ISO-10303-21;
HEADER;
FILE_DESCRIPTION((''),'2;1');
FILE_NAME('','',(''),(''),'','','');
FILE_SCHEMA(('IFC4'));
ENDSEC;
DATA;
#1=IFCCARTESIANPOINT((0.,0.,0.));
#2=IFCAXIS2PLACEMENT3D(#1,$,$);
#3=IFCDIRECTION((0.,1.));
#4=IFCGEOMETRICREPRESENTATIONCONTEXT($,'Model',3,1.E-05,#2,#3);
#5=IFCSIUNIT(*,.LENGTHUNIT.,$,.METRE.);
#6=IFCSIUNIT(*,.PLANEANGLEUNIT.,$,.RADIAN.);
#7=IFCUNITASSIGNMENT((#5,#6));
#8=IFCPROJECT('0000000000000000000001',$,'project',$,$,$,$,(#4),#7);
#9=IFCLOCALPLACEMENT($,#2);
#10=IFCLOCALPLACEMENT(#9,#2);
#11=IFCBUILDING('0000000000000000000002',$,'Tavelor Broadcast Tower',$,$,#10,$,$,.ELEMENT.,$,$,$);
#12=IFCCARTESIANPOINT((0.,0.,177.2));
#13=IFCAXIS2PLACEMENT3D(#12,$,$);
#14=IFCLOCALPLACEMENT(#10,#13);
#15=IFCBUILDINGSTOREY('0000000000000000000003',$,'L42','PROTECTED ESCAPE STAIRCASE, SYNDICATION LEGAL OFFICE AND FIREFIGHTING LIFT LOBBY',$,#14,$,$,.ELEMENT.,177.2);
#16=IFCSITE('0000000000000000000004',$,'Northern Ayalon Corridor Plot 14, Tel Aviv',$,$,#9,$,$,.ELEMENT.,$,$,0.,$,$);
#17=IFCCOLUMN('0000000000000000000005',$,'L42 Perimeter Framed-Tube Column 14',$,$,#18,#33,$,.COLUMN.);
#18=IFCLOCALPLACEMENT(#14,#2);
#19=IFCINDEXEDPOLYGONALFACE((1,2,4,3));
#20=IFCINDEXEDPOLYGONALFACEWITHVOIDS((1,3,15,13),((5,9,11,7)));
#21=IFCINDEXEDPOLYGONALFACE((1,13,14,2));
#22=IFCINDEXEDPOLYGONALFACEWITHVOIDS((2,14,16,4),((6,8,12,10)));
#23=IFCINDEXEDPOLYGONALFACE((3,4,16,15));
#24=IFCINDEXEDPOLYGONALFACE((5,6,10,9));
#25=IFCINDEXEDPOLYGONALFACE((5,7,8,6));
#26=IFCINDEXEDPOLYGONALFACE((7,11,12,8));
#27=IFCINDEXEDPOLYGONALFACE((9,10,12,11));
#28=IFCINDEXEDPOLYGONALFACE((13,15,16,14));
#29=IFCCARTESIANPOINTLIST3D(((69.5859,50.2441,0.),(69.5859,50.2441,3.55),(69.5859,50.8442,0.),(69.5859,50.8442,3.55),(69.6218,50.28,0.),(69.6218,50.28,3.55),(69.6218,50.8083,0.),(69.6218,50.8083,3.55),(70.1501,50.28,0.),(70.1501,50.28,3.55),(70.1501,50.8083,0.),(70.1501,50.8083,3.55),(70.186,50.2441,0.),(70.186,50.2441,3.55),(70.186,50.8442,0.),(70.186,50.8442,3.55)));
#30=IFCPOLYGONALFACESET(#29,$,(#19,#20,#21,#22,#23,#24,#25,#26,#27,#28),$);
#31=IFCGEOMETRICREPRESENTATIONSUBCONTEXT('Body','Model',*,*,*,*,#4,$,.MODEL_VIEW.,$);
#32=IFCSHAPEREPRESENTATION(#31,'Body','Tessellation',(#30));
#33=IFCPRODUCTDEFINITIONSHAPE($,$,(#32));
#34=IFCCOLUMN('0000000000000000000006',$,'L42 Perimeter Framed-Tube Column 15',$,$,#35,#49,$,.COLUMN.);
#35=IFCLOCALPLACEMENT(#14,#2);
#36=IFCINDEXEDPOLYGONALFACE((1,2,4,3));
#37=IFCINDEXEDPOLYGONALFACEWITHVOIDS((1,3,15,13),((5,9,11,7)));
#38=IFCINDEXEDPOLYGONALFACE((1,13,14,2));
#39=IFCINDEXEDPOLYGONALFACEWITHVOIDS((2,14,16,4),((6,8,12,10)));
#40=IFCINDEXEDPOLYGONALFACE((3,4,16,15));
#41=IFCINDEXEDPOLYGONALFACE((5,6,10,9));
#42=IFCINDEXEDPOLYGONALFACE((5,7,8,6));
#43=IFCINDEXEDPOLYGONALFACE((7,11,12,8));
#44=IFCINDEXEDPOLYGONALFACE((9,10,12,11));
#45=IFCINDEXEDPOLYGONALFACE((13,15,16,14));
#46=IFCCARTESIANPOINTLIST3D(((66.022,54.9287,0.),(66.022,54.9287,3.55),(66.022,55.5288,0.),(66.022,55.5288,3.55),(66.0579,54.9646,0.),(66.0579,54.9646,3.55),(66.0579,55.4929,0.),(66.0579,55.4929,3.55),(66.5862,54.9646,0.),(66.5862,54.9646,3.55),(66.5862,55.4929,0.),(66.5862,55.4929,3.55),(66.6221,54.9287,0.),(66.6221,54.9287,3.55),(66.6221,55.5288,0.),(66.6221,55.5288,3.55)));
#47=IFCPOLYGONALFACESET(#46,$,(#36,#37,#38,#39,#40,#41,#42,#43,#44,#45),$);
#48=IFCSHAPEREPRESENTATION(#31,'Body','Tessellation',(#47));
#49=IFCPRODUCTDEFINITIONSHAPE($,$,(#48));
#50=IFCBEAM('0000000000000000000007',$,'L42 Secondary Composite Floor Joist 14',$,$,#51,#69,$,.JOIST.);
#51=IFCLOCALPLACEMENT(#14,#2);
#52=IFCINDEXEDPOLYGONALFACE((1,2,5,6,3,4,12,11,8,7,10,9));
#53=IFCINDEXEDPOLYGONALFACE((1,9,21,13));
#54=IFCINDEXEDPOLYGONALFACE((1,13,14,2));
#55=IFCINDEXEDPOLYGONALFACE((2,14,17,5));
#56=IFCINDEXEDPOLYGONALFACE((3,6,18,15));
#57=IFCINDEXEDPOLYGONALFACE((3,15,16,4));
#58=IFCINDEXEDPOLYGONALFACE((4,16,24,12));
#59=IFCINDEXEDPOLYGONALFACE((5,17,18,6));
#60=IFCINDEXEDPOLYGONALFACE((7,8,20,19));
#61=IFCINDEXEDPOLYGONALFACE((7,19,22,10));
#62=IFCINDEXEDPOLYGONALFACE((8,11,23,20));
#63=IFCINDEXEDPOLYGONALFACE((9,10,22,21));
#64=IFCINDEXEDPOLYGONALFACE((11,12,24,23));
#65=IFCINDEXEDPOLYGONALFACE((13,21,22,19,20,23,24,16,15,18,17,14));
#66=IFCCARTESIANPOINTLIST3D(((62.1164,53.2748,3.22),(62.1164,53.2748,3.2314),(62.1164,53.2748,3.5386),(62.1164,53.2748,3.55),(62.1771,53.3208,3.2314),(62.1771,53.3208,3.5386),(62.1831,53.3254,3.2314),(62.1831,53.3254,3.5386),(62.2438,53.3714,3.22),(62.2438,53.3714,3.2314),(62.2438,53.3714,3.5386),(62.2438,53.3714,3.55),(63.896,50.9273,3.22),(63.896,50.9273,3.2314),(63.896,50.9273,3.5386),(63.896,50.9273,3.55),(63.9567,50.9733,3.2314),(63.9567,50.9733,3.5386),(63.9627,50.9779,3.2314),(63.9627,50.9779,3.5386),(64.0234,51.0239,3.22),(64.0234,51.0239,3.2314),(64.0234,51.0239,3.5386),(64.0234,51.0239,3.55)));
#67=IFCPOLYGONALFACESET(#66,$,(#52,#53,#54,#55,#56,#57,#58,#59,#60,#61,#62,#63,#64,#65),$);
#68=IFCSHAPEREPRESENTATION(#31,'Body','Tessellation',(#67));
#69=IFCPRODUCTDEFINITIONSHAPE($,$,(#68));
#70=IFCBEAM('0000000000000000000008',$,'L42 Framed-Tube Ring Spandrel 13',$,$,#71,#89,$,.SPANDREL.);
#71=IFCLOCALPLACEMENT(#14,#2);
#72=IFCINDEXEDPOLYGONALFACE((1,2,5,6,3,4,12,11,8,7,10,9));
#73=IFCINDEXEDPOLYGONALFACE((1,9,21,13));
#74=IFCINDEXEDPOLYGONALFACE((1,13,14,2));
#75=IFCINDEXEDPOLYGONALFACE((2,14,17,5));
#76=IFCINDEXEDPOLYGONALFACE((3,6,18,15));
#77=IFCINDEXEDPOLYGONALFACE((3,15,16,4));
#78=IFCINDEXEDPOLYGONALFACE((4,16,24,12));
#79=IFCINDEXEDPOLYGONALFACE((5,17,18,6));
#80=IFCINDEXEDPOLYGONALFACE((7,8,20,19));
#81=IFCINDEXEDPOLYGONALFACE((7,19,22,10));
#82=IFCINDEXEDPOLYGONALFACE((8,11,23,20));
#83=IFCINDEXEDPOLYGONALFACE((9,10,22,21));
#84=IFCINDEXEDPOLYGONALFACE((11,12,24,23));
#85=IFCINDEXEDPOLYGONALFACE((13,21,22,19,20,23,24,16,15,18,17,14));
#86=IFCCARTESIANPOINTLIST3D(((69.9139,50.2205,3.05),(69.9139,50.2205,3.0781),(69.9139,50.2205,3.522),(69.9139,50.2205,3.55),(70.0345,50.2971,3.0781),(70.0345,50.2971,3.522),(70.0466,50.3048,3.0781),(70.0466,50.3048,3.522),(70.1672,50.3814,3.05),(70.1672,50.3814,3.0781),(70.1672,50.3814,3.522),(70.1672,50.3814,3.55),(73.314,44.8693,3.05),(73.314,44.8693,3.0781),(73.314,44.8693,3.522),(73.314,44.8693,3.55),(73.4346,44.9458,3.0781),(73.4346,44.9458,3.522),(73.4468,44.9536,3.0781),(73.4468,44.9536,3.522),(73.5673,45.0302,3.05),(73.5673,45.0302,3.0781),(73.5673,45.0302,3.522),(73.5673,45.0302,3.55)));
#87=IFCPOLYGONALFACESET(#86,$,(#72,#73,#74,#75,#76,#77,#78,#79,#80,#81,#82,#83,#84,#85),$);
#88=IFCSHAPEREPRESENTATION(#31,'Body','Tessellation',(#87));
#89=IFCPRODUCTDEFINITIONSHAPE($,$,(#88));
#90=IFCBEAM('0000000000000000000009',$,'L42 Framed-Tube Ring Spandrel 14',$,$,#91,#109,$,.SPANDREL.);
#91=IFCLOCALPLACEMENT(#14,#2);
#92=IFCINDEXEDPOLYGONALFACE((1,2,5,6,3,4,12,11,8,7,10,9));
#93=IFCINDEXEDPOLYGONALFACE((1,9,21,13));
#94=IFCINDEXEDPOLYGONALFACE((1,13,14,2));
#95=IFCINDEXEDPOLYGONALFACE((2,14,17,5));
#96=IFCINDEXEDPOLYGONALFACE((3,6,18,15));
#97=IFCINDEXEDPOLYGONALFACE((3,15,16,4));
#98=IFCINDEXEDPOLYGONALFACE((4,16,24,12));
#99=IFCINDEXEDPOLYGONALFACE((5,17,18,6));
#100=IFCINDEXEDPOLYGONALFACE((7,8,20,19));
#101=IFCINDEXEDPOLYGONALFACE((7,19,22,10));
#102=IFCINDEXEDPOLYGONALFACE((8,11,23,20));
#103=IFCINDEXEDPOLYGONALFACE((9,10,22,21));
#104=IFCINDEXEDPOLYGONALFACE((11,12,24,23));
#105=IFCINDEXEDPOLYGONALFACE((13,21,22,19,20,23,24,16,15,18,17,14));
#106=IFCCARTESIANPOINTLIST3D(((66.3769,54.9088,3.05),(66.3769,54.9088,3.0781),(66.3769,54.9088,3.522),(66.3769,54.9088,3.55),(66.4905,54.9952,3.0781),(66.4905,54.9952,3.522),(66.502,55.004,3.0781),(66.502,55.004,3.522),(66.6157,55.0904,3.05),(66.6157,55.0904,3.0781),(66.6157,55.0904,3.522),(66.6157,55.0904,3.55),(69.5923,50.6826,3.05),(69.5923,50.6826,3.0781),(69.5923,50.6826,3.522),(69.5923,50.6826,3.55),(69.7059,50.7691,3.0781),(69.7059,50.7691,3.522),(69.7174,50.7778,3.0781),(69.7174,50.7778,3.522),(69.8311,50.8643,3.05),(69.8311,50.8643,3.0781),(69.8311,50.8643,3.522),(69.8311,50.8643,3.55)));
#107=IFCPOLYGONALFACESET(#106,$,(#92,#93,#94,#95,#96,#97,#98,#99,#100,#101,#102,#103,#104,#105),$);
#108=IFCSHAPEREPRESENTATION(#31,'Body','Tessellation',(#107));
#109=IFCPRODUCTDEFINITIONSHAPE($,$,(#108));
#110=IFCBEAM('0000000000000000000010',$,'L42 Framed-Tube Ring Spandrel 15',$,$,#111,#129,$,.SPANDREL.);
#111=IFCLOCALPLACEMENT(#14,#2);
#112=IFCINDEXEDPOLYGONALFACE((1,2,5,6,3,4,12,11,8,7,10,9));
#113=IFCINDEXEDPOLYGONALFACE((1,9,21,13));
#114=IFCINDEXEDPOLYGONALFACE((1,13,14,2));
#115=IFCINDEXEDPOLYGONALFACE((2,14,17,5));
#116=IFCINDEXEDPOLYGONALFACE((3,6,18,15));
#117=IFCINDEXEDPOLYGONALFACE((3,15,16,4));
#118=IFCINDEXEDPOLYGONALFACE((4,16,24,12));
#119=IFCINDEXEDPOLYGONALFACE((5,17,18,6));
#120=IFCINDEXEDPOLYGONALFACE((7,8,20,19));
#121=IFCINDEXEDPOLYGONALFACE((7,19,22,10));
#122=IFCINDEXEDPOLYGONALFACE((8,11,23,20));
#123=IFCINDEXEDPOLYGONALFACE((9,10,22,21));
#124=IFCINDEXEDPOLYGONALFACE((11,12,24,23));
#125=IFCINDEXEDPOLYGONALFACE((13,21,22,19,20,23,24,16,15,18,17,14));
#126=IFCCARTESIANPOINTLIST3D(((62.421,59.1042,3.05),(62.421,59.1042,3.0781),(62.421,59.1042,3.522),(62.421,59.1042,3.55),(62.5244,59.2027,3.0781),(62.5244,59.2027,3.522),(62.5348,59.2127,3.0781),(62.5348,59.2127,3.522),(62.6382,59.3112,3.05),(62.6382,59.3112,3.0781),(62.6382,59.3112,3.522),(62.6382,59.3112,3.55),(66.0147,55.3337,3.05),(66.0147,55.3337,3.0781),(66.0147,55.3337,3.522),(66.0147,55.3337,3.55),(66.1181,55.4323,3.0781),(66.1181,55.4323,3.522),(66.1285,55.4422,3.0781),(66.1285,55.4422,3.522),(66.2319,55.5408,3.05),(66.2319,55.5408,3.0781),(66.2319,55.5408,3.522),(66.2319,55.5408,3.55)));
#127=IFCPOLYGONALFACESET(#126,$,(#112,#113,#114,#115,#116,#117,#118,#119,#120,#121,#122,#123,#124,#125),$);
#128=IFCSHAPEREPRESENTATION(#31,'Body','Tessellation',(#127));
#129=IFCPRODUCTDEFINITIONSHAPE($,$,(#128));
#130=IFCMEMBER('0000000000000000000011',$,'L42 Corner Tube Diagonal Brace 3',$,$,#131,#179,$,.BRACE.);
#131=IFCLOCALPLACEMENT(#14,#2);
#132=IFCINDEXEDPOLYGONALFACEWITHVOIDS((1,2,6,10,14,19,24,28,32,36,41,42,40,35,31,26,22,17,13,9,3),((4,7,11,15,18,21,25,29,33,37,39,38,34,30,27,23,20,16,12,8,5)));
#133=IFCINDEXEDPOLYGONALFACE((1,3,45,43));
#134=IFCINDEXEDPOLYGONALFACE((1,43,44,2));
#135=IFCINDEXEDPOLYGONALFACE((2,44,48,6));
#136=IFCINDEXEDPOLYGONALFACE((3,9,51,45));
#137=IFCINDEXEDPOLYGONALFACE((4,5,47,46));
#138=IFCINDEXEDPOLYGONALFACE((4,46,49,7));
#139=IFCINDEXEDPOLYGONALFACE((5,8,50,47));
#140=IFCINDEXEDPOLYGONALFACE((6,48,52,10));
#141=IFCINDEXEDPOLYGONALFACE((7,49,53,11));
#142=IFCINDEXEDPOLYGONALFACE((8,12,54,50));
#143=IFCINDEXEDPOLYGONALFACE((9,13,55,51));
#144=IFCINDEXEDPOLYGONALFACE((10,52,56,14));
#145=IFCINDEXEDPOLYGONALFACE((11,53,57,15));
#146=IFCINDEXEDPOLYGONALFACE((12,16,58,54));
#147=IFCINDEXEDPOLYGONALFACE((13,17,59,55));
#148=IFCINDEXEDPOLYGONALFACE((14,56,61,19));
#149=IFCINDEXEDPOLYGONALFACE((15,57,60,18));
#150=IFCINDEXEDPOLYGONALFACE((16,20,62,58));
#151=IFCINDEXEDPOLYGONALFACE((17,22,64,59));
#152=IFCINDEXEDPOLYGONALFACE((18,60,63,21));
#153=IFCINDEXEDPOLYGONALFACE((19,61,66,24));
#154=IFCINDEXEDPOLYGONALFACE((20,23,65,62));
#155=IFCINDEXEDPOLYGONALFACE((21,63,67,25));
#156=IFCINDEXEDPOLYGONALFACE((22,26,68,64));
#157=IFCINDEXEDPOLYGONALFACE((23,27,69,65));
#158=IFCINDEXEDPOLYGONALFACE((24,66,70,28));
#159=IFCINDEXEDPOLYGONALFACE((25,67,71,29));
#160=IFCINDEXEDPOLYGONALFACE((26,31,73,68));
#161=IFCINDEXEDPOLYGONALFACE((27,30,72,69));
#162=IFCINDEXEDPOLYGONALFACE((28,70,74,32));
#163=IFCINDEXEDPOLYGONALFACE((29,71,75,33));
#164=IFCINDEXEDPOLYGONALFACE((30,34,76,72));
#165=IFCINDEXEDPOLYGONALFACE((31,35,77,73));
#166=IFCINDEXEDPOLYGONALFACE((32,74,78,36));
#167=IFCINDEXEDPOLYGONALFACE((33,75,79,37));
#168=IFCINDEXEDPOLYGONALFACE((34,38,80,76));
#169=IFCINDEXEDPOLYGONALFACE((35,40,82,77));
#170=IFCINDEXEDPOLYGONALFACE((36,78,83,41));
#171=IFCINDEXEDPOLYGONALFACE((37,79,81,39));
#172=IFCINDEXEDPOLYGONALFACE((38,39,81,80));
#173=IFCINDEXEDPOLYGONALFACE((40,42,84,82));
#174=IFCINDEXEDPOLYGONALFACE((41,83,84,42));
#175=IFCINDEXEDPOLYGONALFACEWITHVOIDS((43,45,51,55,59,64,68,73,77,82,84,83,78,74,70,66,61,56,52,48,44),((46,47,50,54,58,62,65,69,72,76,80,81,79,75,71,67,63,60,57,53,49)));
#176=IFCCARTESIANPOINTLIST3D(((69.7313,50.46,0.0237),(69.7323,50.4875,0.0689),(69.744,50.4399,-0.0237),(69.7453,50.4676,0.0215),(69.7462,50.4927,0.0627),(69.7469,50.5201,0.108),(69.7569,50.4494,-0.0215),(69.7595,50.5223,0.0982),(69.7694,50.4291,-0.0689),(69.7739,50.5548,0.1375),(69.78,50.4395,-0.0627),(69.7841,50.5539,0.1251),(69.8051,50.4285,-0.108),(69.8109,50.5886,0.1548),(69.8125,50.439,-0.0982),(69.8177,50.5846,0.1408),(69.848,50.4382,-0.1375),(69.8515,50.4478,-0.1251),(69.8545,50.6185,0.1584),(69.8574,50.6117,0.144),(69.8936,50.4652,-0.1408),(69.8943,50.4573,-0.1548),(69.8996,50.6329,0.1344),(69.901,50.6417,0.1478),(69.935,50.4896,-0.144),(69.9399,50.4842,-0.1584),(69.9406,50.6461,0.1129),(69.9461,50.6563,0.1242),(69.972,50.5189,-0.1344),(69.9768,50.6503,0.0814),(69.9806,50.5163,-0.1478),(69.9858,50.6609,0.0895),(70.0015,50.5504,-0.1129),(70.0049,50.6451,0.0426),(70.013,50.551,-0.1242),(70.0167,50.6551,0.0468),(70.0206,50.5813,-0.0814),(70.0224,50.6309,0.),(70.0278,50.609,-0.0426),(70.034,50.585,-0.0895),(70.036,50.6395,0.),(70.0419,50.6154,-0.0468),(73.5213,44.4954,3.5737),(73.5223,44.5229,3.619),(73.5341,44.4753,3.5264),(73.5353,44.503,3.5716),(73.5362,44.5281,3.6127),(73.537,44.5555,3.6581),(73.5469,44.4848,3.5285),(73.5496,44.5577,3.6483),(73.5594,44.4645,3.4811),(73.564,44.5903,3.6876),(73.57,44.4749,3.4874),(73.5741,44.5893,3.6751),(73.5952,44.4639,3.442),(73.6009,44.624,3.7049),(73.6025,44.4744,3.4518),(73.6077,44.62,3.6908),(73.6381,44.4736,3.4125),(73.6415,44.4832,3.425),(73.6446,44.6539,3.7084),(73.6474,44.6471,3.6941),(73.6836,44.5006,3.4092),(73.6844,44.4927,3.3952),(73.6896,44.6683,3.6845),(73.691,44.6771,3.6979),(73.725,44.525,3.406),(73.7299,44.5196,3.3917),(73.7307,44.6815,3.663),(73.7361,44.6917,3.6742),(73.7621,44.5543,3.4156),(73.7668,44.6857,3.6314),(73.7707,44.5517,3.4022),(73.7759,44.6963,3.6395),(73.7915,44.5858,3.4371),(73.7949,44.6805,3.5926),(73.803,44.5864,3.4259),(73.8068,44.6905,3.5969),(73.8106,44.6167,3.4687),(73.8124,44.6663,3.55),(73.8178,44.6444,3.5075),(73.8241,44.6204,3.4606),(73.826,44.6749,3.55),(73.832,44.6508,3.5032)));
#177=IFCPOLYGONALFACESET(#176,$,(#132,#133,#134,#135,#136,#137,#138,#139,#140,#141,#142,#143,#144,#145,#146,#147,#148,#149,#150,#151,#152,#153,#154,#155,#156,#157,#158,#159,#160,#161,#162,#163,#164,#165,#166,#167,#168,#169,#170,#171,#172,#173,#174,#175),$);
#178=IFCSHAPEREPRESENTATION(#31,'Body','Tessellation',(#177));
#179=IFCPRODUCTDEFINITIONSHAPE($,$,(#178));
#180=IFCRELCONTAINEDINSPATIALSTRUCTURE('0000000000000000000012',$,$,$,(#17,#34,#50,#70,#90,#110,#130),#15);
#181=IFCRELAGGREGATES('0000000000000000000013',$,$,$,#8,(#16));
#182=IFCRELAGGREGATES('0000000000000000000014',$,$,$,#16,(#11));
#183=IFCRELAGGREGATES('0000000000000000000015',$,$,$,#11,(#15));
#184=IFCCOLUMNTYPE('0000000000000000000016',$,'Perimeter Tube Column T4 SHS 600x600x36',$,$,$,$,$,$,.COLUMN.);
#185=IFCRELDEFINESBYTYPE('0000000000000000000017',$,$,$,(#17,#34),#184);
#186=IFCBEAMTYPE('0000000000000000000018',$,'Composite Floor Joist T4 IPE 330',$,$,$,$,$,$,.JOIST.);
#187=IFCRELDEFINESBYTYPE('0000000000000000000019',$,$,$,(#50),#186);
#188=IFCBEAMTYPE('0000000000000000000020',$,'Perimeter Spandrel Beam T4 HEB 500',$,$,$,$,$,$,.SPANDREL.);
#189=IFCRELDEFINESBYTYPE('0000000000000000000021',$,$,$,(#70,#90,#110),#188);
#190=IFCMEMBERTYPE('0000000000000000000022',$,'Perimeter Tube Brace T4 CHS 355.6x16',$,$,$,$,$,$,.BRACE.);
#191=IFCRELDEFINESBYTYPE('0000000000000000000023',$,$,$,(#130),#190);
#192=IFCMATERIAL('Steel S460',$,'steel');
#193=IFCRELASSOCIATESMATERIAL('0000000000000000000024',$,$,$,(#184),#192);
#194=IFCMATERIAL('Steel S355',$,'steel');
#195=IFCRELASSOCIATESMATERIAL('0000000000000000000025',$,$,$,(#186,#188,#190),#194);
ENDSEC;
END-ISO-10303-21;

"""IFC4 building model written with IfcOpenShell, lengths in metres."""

from ifc_helpers import new_model, si_unit, direction, frame, origin, origin_2d, place, context, subcontext, project, spatial, hollow_rectangle, hollow_circle, i_section, extrude, material, material_profile, profile_set, type_object, element, save


model = new_model("IFC4")

# Units and contexts
model_context = context("Model", 3, precision=1e-05, world=origin(), true_north=direction((0.0, 1.0)))
body_context = subcontext(model_context, "Body", "Model", "MODEL_VIEW")
ifc_project = project(units=[si_unit("LENGTHUNIT", "METRE"), si_unit("PLANEANGLEUNIT", "RADIAN")], contexts=[model_context])

# Site, building, storey
site_placement = place(None, origin())
site = spatial("IfcSite", under=ifc_project, at=site_placement, Name="Northern Ayalon Corridor Plot 14, Tel Aviv", CompositionType="ELEMENT", RefElevation=0.0)
building_placement = place(site_placement, origin())
building = spatial("IfcBuilding", under=site, at=building_placement, Name="Tavelor Broadcast Tower", CompositionType="ELEMENT")
storey_placement = place(building_placement, frame((0.0, 0.0, 177.2)))
storey = spatial("IfcBuildingStorey", under=building, at=storey_placement, Name="L42", Description="PROTECTED ESCAPE STAIRCASE, SYNDICATION LEGAL OFFICE AND FIREFIGHTING LIFT LOBBY", CompositionType="ELEMENT", Elevation=177.2)

# Columns
ifc_material_1 = material(Name="Steel S460", Category="steel")
ifc_material_profile_1 = material_profile(ifc_material_1, hollow_rectangle(XDim=0.6001, YDim=0.6001, WallThickness=0.0359, at=origin_2d()), Name="SHS 600x600x36")
ifc_profile_set_1 = profile_set([ifc_material_profile_1], Name="Steel S460")
column_type = type_object("IfcColumnType", Name="Perimeter Tube Column T4 SHS 600x600x36", PredefinedType="COLUMN", material=ifc_profile_set_1)
for number, where, z_axis, x_axis, name in (
    (1, (69.886, 50.5442, 0.0), (0.0, 0.0, 1.0), (1.0, 0.0, 0.0), "L42 Perimeter Framed-Tube Column 14"),
    (2, (66.322, 55.2288, 0.0), (0.0, 0.0, 1.0), (1.0, 0.0, 0.0), "L42 Perimeter Framed-Tube Column 15"),
):
    element("IfcColumn", number, at=place(storey_placement, frame(where, z_axis=z_axis, x_axis=x_axis)), inside=storey, type_object=column_type, Name=name, PredefinedType="COLUMN", context=body_context, shape_type="SweptSolid", body=[
        extrude(hollow_rectangle(XDim=0.6001, YDim=0.6001, WallThickness=0.0359, at=origin_2d()), origin(), (0.0, 0.0, 1.0), 3.55),
    ])

# Beams
ifc_material_2 = material(Name="Steel S355", Category="steel")
ifc_material_profile_2 = material_profile(ifc_material_2, i_section(OverallWidth=0.1599, OverallDepth=0.3301, WebThickness=0.0076, FlangeThickness=0.0115, at=origin_2d()), Name="IPE 330")
ifc_profile_set_2 = profile_set([ifc_material_profile_2], Name="Steel S355")
beam_type_1 = type_object("IfcBeamType", Name="Composite Floor Joist T4 IPE 330", PredefinedType="JOIST", material=ifc_profile_set_2)
beam_1_placement = place(storey_placement, frame((63.9597, 50.9756, 3.385), z_axis=(-0.604116, 0.796896, 0.0), x_axis=(-0.796896, -0.604116, 0.0)))
element("IfcBeam", 3, at=beam_1_placement, inside=storey, type_object=beam_type_1, Name="L42 Secondary Composite Floor Joist 14", PredefinedType="JOIST", context=body_context, shape_type="SweptSolid", body=[
    extrude(i_section(OverallWidth=0.1599, OverallDepth=0.3301, WebThickness=0.0076, FlangeThickness=0.0115, at=origin_2d()), origin(), (0.0, 0.0, 1.0), 2.9458),
])
ifc_material_profile_3 = material_profile(ifc_material_2, i_section(OverallWidth=0.3, OverallDepth=0.5, WebThickness=0.0144, FlangeThickness=0.0281, at=origin_2d()), Name="HEB 500")
ifc_profile_set_3 = profile_set([ifc_material_profile_3], Name="Steel S355")
beam_type_2 = type_object("IfcBeamType", Name="Perimeter Spandrel Beam T4 HEB 500", PredefinedType="SPANDREL", material=ifc_profile_set_3)
beam_2_placement = place(storey_placement, frame((73.4407, 44.9497, 3.3), z_axis=(-0.536287, 0.844035, 0.0), x_axis=(-0.844035, -0.536287, 0.0)))
element("IfcBeam", 4, at=beam_2_placement, inside=storey, type_object=beam_type_2, Name="L42 Framed-Tube Ring Spandrel 13", PredefinedType="SPANDREL", context=body_context, shape_type="SweptSolid", body=[
    extrude(i_section(OverallWidth=0.3, OverallDepth=0.5, WebThickness=0.0144, FlangeThickness=0.0281, at=origin_2d()), origin(), (0.0, 0.0, 1.0), 6.3401),
])
beam_3_placement = place(storey_placement, frame((69.7117, 50.7734, 3.3), z_axis=(-0.605503, 0.795843, 0.0), x_axis=(-0.795843, -0.605503, 0.0)))
element("IfcBeam", 5, at=beam_3_placement, inside=storey, type_object=beam_type_2, Name="L42 Framed-Tube Ring Spandrel 14", PredefinedType="SPANDREL", context=body_context, shape_type="SweptSolid", body=[
    extrude(i_section(OverallWidth=0.3, OverallDepth=0.5, WebThickness=0.0144, FlangeThickness=0.0281, at=origin_2d()), origin(), (0.0, 0.0, 1.0), 5.3103),
])
beam_4_placement = place(storey_placement, frame((66.1233, 55.4373, 3.3), z_axis=(-0.689936, 0.72387, 0.0), x_axis=(-0.72387, -0.689936, 0.0)))
element("IfcBeam", 6, at=beam_4_placement, inside=storey, type_object=beam_type_2, Name="L42 Framed-Tube Ring Spandrel 15", PredefinedType="SPANDREL", context=body_context, shape_type="SweptSolid", body=[
    extrude(i_section(OverallWidth=0.3, OverallDepth=0.5, WebThickness=0.0144, FlangeThickness=0.0281, at=origin_2d()), origin(), (0.0, 0.0, 1.0), 5.2087),
])

# Member
ifc_material_profile_4 = material_profile(ifc_material_2, hollow_circle(Radius=0.1777, WallThickness=0.0161, at=origin_2d()), Name="CHS 355.6x16")
ifc_profile_set_4 = profile_set([ifc_material_profile_4], Name="Steel S355")
member_type_1 = type_object("IfcMemberType", Name="Perimeter Tube Brace T4 CHS 355.6x16", PredefinedType="BRACE", material=ifc_profile_set_4)
member_1_placement = place(storey_placement, frame((69.886, 50.5442, 0.0), z_axis=(0.479239, -0.754205, 0.448893), x_axis=(0.844021, 0.53631, 0.0)))
element("IfcMember", 7, at=member_1_placement, inside=storey, type_object=member_type_1, Name="L42 Corner Tube Diagonal Brace 3", PredefinedType="BRACE", context=body_context, shape_type="SweptSolid", body=[
    extrude(hollow_circle(Radius=0.1777, WallThickness=0.0161, at=origin_2d()), origin(), (0.0, 0.0, 1.0), 7.9084),
])

save(model, "model.ifc")
